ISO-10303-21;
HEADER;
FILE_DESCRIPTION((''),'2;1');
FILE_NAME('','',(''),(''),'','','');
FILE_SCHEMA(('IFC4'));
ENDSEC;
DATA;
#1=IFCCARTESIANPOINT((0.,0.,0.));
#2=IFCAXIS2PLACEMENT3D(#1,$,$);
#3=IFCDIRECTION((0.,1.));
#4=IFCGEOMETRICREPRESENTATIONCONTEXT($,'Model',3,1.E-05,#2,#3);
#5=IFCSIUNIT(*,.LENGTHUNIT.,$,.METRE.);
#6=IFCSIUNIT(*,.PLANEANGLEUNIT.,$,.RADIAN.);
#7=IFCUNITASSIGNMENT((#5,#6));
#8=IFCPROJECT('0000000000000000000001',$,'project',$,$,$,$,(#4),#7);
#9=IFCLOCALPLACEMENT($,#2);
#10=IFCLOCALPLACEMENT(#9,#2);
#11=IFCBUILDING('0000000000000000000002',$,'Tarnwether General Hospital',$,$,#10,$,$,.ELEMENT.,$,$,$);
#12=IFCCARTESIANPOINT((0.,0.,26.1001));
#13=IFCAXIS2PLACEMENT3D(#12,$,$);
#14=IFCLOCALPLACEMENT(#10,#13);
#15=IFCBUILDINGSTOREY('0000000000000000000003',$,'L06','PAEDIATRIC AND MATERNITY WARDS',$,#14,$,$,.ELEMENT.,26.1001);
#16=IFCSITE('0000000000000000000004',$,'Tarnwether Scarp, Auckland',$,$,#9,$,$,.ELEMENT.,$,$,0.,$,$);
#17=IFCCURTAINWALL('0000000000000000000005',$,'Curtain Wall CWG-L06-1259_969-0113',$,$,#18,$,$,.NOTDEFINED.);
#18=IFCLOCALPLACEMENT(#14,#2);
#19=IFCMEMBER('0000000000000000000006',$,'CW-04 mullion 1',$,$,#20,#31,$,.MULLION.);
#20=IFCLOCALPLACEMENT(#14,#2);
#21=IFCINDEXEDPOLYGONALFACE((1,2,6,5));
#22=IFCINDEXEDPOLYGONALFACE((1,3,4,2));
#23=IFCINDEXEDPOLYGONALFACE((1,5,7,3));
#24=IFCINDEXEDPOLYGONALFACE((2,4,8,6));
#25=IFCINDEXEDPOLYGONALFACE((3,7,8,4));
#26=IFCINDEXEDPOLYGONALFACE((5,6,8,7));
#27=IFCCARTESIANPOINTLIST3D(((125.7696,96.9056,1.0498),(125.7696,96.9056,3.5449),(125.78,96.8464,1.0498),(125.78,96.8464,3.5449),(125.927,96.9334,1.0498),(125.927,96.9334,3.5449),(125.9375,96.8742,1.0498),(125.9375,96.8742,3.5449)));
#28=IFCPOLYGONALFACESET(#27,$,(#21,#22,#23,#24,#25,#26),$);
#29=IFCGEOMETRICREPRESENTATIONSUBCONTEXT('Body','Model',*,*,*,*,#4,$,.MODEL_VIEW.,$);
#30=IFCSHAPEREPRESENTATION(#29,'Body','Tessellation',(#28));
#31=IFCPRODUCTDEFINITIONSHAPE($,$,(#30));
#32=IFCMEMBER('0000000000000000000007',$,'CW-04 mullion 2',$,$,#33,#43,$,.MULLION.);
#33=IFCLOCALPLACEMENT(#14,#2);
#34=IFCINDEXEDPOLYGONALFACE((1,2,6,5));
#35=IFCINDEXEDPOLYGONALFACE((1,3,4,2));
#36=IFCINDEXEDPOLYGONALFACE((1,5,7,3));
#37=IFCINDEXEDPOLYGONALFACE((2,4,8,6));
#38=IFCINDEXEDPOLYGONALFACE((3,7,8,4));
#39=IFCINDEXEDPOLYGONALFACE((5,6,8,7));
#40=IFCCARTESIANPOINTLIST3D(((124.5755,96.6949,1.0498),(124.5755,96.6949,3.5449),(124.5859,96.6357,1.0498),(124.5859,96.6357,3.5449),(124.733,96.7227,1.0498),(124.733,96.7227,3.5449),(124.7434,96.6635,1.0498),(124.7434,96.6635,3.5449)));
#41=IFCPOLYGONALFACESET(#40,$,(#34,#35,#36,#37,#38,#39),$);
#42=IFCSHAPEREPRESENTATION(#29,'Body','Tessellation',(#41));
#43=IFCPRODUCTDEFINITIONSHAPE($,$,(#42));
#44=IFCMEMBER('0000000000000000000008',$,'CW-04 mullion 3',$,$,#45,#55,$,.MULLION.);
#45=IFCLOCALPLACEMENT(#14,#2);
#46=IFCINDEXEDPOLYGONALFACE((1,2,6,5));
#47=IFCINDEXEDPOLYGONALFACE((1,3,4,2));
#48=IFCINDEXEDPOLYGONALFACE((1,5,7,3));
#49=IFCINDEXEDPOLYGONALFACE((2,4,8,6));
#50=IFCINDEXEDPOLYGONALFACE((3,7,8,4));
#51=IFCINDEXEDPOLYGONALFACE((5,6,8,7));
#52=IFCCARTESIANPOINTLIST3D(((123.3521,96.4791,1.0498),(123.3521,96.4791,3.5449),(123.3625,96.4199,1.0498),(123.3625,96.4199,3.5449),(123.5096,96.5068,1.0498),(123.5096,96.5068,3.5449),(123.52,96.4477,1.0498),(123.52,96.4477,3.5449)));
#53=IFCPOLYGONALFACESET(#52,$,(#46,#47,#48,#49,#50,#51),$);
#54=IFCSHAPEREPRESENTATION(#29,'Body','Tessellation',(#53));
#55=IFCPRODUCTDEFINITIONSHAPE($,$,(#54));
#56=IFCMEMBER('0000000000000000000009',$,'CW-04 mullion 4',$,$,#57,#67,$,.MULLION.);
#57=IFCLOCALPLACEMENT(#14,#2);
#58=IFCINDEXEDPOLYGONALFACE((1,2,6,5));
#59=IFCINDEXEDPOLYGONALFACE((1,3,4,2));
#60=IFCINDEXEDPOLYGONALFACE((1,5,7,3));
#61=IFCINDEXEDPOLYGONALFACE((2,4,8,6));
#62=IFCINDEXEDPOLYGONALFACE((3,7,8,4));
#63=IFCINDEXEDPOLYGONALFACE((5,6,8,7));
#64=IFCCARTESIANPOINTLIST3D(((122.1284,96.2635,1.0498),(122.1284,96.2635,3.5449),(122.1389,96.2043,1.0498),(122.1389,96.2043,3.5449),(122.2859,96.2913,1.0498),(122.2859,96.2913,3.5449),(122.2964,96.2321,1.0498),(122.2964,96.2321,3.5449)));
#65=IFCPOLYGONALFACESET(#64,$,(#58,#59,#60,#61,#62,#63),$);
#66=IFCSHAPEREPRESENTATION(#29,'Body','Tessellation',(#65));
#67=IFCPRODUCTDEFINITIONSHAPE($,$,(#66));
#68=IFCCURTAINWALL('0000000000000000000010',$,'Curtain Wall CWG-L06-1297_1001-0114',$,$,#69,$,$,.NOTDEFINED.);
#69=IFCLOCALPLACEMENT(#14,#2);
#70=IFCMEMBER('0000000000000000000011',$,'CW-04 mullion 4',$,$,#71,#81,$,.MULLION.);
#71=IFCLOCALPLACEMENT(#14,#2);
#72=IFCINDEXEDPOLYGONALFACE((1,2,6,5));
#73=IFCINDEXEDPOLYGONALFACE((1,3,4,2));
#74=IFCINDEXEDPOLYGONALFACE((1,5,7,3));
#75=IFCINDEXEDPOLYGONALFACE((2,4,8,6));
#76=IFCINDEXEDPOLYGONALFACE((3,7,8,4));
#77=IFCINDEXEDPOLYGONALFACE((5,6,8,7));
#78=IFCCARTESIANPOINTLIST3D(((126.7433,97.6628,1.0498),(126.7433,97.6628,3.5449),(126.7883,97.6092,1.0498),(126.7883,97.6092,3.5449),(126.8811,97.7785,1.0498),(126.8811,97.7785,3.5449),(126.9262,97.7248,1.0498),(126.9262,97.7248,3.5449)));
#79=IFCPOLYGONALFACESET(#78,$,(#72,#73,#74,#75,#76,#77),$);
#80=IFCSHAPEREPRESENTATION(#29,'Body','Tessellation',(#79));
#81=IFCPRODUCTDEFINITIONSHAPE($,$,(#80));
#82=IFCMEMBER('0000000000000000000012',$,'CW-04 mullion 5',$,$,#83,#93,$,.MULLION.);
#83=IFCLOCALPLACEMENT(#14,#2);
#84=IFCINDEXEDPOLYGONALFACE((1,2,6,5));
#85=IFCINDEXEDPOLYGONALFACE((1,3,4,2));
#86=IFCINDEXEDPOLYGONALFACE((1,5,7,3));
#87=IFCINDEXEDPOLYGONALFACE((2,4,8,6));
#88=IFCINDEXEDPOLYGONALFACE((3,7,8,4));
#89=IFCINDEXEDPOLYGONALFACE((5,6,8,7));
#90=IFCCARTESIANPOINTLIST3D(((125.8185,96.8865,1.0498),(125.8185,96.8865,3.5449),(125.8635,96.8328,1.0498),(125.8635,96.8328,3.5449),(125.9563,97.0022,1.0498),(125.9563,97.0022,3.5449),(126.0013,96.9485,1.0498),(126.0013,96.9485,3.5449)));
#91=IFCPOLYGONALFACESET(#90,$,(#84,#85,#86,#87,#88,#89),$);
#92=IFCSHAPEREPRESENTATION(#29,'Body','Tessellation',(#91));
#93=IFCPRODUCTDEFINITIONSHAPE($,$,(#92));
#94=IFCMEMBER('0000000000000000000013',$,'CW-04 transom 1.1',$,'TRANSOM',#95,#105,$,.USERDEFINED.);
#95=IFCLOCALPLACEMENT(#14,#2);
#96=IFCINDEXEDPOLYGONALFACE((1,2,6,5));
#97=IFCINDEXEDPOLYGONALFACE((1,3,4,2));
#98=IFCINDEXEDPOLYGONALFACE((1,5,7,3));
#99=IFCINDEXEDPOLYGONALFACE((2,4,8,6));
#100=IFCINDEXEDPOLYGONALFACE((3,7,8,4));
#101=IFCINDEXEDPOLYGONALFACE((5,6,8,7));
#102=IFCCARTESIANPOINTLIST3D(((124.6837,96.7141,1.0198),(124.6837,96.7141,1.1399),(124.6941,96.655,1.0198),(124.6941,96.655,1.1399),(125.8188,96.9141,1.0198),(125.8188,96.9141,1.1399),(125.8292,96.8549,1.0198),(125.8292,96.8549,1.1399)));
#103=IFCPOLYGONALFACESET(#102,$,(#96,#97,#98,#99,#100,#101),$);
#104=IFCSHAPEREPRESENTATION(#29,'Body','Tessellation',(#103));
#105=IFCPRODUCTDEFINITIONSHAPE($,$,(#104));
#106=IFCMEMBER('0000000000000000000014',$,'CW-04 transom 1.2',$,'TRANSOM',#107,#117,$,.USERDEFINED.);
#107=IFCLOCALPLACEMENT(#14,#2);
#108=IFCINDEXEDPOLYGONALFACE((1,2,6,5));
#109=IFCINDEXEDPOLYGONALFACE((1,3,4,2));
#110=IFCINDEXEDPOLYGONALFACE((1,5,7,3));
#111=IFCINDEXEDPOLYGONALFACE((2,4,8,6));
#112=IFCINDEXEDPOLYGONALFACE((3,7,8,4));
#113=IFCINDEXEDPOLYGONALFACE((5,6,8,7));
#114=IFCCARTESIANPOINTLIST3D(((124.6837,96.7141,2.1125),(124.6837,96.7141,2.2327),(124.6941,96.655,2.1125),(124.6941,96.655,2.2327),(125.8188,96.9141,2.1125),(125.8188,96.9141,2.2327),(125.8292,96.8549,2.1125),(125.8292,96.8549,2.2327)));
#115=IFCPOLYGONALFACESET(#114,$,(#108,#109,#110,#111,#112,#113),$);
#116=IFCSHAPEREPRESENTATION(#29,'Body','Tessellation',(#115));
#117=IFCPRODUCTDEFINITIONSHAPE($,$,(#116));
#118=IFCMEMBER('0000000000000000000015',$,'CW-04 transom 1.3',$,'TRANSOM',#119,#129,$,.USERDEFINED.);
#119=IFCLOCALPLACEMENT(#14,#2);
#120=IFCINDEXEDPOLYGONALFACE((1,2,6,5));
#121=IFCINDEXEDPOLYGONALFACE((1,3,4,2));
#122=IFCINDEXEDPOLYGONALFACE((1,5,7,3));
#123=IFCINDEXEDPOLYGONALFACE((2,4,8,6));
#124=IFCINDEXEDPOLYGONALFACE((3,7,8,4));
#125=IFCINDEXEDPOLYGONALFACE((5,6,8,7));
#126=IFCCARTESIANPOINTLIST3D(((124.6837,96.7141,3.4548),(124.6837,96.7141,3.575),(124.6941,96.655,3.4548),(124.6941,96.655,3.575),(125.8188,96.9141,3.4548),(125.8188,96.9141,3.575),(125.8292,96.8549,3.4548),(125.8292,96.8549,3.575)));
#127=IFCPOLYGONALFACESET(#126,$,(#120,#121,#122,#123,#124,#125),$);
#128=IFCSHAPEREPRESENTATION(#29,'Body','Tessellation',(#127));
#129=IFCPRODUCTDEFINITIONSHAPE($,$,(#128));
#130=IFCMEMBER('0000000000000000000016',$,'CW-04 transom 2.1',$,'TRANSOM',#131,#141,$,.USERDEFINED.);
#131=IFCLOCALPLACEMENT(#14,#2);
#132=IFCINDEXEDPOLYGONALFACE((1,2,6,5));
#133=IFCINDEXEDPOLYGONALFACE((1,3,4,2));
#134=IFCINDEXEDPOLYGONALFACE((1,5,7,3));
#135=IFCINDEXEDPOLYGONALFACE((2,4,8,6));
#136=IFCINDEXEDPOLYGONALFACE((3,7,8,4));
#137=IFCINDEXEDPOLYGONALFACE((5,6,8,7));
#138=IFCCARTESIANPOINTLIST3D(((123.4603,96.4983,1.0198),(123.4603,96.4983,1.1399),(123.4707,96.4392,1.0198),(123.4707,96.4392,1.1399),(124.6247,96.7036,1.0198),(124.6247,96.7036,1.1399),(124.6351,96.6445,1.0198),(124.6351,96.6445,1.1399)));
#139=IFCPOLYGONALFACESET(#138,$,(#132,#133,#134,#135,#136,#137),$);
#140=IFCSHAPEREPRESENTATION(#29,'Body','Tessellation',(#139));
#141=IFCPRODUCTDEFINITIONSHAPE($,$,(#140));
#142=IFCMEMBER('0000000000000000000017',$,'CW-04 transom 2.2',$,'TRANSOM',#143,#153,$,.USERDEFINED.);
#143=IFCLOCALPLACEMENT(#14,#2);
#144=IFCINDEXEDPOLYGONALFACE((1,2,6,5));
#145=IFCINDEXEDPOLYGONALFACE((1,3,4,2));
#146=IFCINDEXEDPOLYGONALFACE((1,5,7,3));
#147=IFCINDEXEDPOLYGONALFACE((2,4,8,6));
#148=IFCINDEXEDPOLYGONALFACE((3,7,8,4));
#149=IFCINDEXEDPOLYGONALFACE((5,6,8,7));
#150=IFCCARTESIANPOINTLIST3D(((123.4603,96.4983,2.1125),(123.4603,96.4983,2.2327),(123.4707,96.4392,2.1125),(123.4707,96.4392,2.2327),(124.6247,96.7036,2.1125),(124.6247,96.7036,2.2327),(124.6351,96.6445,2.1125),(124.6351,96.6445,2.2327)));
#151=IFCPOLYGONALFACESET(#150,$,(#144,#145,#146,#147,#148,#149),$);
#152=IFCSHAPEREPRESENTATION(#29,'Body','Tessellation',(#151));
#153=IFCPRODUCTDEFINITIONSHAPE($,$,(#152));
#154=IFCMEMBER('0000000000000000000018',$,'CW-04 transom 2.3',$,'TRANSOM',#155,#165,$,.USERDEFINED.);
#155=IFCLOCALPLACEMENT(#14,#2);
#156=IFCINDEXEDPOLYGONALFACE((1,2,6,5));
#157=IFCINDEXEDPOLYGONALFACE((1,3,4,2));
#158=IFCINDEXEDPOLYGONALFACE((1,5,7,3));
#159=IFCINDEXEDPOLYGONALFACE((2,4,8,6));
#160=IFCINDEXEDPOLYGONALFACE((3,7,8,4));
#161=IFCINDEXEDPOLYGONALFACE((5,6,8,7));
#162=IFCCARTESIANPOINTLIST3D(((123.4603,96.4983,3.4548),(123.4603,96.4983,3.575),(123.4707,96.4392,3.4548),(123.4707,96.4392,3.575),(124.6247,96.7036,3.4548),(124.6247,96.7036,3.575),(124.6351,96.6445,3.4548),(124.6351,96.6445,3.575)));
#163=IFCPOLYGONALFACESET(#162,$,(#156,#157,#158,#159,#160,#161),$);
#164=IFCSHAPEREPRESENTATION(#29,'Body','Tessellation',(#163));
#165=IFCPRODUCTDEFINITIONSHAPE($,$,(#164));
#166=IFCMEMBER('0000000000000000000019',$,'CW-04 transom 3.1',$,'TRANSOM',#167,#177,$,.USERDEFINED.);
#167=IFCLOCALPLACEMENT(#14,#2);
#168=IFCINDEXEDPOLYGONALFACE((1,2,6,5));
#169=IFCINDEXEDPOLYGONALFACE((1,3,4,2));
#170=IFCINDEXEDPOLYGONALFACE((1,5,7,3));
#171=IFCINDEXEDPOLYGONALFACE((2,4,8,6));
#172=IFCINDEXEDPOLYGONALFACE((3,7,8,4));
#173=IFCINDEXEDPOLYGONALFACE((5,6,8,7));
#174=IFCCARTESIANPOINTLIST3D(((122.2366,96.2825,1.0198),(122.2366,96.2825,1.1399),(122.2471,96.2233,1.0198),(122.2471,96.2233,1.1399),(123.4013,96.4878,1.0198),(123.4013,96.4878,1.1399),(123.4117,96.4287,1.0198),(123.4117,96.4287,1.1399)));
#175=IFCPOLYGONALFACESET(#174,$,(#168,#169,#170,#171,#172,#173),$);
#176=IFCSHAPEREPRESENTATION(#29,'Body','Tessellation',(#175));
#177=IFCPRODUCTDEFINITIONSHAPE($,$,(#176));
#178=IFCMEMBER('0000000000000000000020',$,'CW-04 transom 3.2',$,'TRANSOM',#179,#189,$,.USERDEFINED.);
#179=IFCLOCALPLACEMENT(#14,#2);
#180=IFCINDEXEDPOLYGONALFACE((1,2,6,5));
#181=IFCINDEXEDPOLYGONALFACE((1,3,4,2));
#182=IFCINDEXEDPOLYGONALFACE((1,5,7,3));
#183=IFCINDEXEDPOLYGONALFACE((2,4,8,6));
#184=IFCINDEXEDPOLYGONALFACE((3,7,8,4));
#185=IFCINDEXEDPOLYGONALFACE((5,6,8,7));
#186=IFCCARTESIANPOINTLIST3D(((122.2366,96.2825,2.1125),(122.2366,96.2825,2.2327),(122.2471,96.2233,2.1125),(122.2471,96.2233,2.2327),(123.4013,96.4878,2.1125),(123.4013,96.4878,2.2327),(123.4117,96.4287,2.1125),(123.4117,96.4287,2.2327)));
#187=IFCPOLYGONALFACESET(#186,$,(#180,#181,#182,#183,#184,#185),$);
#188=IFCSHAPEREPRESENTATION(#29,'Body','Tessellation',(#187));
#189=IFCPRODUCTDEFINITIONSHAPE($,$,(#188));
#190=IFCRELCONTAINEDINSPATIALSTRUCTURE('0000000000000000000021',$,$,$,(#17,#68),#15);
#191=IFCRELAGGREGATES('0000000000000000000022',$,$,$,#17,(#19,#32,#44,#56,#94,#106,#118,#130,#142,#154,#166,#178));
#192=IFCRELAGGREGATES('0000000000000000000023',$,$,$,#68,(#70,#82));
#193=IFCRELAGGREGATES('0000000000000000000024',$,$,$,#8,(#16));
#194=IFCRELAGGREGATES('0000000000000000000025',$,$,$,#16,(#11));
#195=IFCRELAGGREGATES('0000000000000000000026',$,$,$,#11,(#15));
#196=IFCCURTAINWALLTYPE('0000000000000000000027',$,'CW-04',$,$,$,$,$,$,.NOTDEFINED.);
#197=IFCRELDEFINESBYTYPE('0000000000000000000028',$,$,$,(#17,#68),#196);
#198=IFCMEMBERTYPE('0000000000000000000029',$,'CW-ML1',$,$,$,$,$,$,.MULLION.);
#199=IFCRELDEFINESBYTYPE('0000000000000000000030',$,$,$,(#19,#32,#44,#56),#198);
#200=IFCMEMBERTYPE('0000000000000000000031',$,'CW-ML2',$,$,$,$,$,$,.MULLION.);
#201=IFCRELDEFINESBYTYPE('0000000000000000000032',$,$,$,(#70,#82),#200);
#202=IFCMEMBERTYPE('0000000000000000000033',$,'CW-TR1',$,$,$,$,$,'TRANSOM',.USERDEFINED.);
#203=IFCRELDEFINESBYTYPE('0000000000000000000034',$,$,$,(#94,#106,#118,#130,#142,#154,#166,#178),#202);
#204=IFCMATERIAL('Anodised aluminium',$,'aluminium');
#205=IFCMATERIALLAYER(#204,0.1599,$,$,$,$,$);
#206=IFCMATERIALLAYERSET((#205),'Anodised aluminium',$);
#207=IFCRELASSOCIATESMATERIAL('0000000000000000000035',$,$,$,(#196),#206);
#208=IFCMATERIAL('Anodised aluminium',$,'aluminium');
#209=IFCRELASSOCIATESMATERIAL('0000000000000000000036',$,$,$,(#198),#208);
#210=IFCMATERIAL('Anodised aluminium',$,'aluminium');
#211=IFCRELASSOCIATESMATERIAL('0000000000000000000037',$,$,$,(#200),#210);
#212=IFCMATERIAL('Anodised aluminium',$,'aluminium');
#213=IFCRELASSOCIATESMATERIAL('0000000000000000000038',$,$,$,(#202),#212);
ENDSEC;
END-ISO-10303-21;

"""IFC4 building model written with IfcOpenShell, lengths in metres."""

from ifc_helpers import new_model, si_unit, direction, frame, origin, origin_2d, place, context, subcontext, project, spatial, rectangle, extrude, material, layer, layer_set, material_profile, profile_set, type_object, element, aggregate, save


model = new_model("IFC4")

# Units and contexts
model_context = context("Model", 3, precision=1e-05, world=origin(), true_north=direction((0.0, 1.0)))
body_context = subcontext(model_context, "Body", "Model", "MODEL_VIEW")
ifc_project = project(units=[si_unit("LENGTHUNIT", "METRE"), si_unit("PLANEANGLEUNIT", "RADIAN")], contexts=[model_context])

# Site, building, storey
site_placement = place(None, origin())
site = spatial("IfcSite", under=ifc_project, at=site_placement, Name="Tarnwether Scarp, Auckland", CompositionType="ELEMENT", RefElevation=0.0)
building_placement = place(site_placement, origin())
building = spatial("IfcBuilding", under=site, at=building_placement, Name="Tarnwether General Hospital", CompositionType="ELEMENT")
storey_placement = place(building_placement, frame((0.0, 0.0, 26.1001)))
storey = spatial("IfcBuildingStorey", under=building, at=storey_placement, Name="L06", Description="PAEDIATRIC AND MATERNITY WARDS", CompositionType="ELEMENT", Elevation=26.1001)

# Curtain walls, members
ifc_material_1 = material(Name="Anodised aluminium", Category="aluminium")
ifc_layer_1 = layer(ifc_material_1, 0.1599)
ifc_layer_set_1 = layer_set([ifc_layer_1], Name="Anodised aluminium")
curtain_wall_type = type_object("IfcCurtainWallType", Name="CW-04", PredefinedType="NOTDEFINED", material=ifc_layer_set_1)
curtain_wall_1_placement = place(storey_placement, origin())
curtain_wall_1 = element("IfcCurtainWall", 1, at=curtain_wall_1_placement, inside=storey, type_object=curtain_wall_type, Name="Curtain Wall CWG-L06-1259_969-0113", PredefinedType="NOTDEFINED")
ifc_material_2 = material(Name="Anodised aluminium", Category="aluminium")
ifc_material_profile_1 = material_profile(ifc_material_2, rectangle(XDim=0.0601, YDim=0.1599, at=origin_2d()), Name="ALU-MUL-60x160")
ifc_profile_set_1 = profile_set([ifc_material_profile_1], Name="Anodised aluminium")
member_type_1 = type_object("IfcMemberType", Name="CW-ML1", PredefinedType="MULLION", material=ifc_profile_set_1)
member_1_placement = place(storey_placement, frame((125.8535, 96.8899, 1.0498), z_axis=(0.0, 0.0, 1.0), x_axis=(0.173659, -0.984806, 0.0)))
member_1 = element("IfcMember", 2, at=member_1_placement, type_object=member_type_1, Name="CW-04 mullion 1", PredefinedType="MULLION", context=body_context, shape_type="SweptSolid", body=[
    extrude(rectangle(XDim=0.0601, YDim=0.1599, at=origin_2d()), origin(), (0.0, 0.0, 1.0), 2.4951),
])
member_2_placement = place(storey_placement, frame((124.6594, 96.6792, 1.0498), z_axis=(0.0, 0.0, 1.0), x_axis=(0.173659, -0.984806, 0.0)))
member_2 = element("IfcMember", 3, at=member_2_placement, type_object=member_type_1, Name="CW-04 mullion 2", PredefinedType="MULLION", context=body_context, shape_type="SweptSolid", body=[
    extrude(rectangle(XDim=0.0601, YDim=0.1599, at=origin_2d()), origin(), (0.0, 0.0, 1.0), 2.4951),
])
member_3_placement = place(storey_placement, frame((123.436, 96.4634, 1.0498), z_axis=(0.0, 0.0, 1.0), x_axis=(0.173659, -0.984806, 0.0)))
member_3 = element("IfcMember", 4, at=member_3_placement, type_object=member_type_1, Name="CW-04 mullion 3", PredefinedType="MULLION", context=body_context, shape_type="SweptSolid", body=[
    extrude(rectangle(XDim=0.0601, YDim=0.1599, at=origin_2d()), origin(), (0.0, 0.0, 1.0), 2.4951),
])
member_4_placement = place(storey_placement, frame((122.2124, 96.2478, 1.0498), z_axis=(0.0, 0.0, 1.0), x_axis=(0.173659, -0.984806, 0.0)))
member_4 = element("IfcMember", 5, at=member_4_placement, type_object=member_type_1, Name="CW-04 mullion 4", PredefinedType="MULLION", context=body_context, shape_type="SweptSolid", body=[
    extrude(rectangle(XDim=0.0601, YDim=0.1599, at=origin_2d()), origin(), (0.0, 0.0, 1.0), 2.4951),
])
curtain_wall_2_placement = place(storey_placement, origin())
curtain_wall_2 = element("IfcCurtainWall", 6, at=curtain_wall_2_placement, inside=storey, type_object=curtain_wall_type, Name="Curtain Wall CWG-L06-1297_1001-0114", PredefinedType="NOTDEFINED")
ifc_material_3 = material(Name="Anodised aluminium", Category="aluminium")
ifc_material_profile_2 = material_profile(ifc_material_3, rectangle(XDim=0.0701, YDim=0.1799, at=origin_2d()), Name="ALU-MUL-70x180")
ifc_profile_set_2 = profile_set([ifc_material_profile_2], Name="Anodised aluminium")
member_type_2 = type_object("IfcMemberType", Name="CW-ML2", PredefinedType="MULLION", material=ifc_profile_set_2)
member_5_placement = place(storey_placement, frame((126.8347, 97.6938, 1.0498), z_axis=(0.0, 0.0, 1.0), x_axis=(0.642852, -0.76599, 0.0)))
member_5 = element("IfcMember", 7, at=member_5_placement, type_object=member_type_2, Name="CW-04 mullion 4", PredefinedType="MULLION", context=body_context, shape_type="SweptSolid", body=[
    extrude(rectangle(XDim=0.0701, YDim=0.1799, at=origin_2d()), origin(), (0.0, 0.0, 1.0), 2.4951),
])
member_6_placement = place(storey_placement, frame((125.9099, 96.9175, 1.0498), z_axis=(0.0, 0.0, 1.0), x_axis=(0.642852, -0.76599, 0.0)))
member_6 = element("IfcMember", 8, at=member_6_placement, type_object=member_type_2, Name="CW-04 mullion 5", PredefinedType="MULLION", context=body_context, shape_type="SweptSolid", body=[
    extrude(rectangle(XDim=0.0701, YDim=0.1799, at=origin_2d()), origin(), (0.0, 0.0, 1.0), 2.4951),
])

# Members
ifc_material_4 = material(Name="Anodised aluminium", Category="aluminium")
ifc_material_profile_3 = material_profile(ifc_material_4, rectangle(XDim=0.0601, YDim=0.1201, at=origin_2d()), Name="ALU-TRN-60x120")
ifc_profile_set_3 = profile_set([ifc_material_profile_3], Name="Anodised aluminium")
member_type_3 = type_object("IfcMemberType", Name="CW-TR1", ElementType="TRANSOM", PredefinedType="USERDEFINED", material=ifc_profile_set_3)
member_7_placement = place(storey_placement, frame((125.824, 96.8845, 1.0798), z_axis=(-0.984835, -0.173495, 0.0), x_axis=(0.173495, -0.984835, 0.0)))
member_7 = element("IfcMember", 9, at=member_7_placement, type_object=member_type_3, Name="CW-04 transom 1.1", ObjectType="TRANSOM", PredefinedType="USERDEFINED", context=body_context, shape_type="SweptSolid", body=[
    extrude(rectangle(XDim=0.0601, YDim=0.1201, at=origin_2d()), origin(), (0.0, 0.0, 1.0), 1.1526),
])
member_8_placement = place(storey_placement, frame((125.824, 96.8845, 2.1726), z_axis=(-0.984835, -0.173495, 0.0), x_axis=(0.173495, -0.984835, 0.0)))
member_8 = element("IfcMember", 10, at=member_8_placement, type_object=member_type_3, Name="CW-04 transom 1.2", ObjectType="TRANSOM", PredefinedType="USERDEFINED", context=body_context, shape_type="SweptSolid", body=[
    extrude(rectangle(XDim=0.0601, YDim=0.1201, at=origin_2d()), origin(), (0.0, 0.0, 1.0), 1.1526),
])
member_9_placement = place(storey_placement, frame((125.824, 96.8845, 3.5149), z_axis=(-0.984835, -0.173495, 0.0), x_axis=(0.173495, -0.984835, 0.0)))
member_9 = element("IfcMember", 11, at=member_9_placement, type_object=member_type_3, Name="CW-04 transom 1.3", ObjectType="TRANSOM", PredefinedType="USERDEFINED", context=body_context, shape_type="SweptSolid", body=[
    extrude(rectangle(XDim=0.0601, YDim=0.1201, at=origin_2d()), origin(), (0.0, 0.0, 1.0), 1.1526),
])
member_10_placement = place(storey_placement, frame((124.6299, 96.6741, 1.0798), z_axis=(-0.984804, -0.173668, 0.0), x_axis=(0.173668, -0.984804, 0.0)))
member_10 = element("IfcMember", 12, at=member_10_placement, type_object=member_type_3, Name="CW-04 transom 2.1", ObjectType="TRANSOM", PredefinedType="USERDEFINED", context=body_context, shape_type="SweptSolid", body=[
    extrude(rectangle(XDim=0.0601, YDim=0.1201, at=origin_2d()), origin(), (0.0, 0.0, 1.0), 1.1824),
])
member_11_placement = place(storey_placement, frame((124.6299, 96.6741, 2.1726), z_axis=(-0.984804, -0.173668, 0.0), x_axis=(0.173668, -0.984804, 0.0)))
member_11 = element("IfcMember", 13, at=member_11_placement, type_object=member_type_3, Name="CW-04 transom 2.2", ObjectType="TRANSOM", PredefinedType="USERDEFINED", context=body_context, shape_type="SweptSolid", body=[
    extrude(rectangle(XDim=0.0601, YDim=0.1201, at=origin_2d()), origin(), (0.0, 0.0, 1.0), 1.1824),
])
member_12_placement = place(storey_placement, frame((124.6299, 96.6741, 3.5149), z_axis=(-0.984804, -0.173668, 0.0), x_axis=(0.173668, -0.984804, 0.0)))
member_12 = element("IfcMember", 14, at=member_12_placement, type_object=member_type_3, Name="CW-04 transom 2.3", ObjectType="TRANSOM", PredefinedType="USERDEFINED", context=body_context, shape_type="SweptSolid", body=[
    extrude(rectangle(XDim=0.0601, YDim=0.1201, at=origin_2d()), origin(), (0.0, 0.0, 1.0), 1.1824),
])
member_13_placement = place(storey_placement, frame((123.4065, 96.4583, 1.0798), z_axis=(-0.984811, -0.173632, 0.0), x_axis=(0.173632, -0.984811, 0.0)))
member_13 = element("IfcMember", 15, at=member_13_placement, type_object=member_type_3, Name="CW-04 transom 3.1", ObjectType="TRANSOM", PredefinedType="USERDEFINED", context=body_context, shape_type="SweptSolid", body=[
    extrude(rectangle(XDim=0.0601, YDim=0.1201, at=origin_2d()), origin(), (0.0, 0.0, 1.0), 1.1826),
])
member_14_placement = place(storey_placement, frame((123.4065, 96.4583, 2.1726), z_axis=(-0.984811, -0.173632, 0.0), x_axis=(0.173632, -0.984811, 0.0)))
member_14 = element("IfcMember", 16, at=member_14_placement, type_object=member_type_3, Name="CW-04 transom 3.2", ObjectType="TRANSOM", PredefinedType="USERDEFINED", context=body_context, shape_type="SweptSolid", body=[
    extrude(rectangle(XDim=0.0601, YDim=0.1201, at=origin_2d()), origin(), (0.0, 0.0, 1.0), 1.1826),
])

aggregate(curtain_wall_1, [member_1, member_2, member_3, member_4, member_7, member_8, member_9, member_10, member_11, member_12, member_13, member_14])
aggregate(curtain_wall_2, [member_5, member_6])

save(model, "model.ifc")
